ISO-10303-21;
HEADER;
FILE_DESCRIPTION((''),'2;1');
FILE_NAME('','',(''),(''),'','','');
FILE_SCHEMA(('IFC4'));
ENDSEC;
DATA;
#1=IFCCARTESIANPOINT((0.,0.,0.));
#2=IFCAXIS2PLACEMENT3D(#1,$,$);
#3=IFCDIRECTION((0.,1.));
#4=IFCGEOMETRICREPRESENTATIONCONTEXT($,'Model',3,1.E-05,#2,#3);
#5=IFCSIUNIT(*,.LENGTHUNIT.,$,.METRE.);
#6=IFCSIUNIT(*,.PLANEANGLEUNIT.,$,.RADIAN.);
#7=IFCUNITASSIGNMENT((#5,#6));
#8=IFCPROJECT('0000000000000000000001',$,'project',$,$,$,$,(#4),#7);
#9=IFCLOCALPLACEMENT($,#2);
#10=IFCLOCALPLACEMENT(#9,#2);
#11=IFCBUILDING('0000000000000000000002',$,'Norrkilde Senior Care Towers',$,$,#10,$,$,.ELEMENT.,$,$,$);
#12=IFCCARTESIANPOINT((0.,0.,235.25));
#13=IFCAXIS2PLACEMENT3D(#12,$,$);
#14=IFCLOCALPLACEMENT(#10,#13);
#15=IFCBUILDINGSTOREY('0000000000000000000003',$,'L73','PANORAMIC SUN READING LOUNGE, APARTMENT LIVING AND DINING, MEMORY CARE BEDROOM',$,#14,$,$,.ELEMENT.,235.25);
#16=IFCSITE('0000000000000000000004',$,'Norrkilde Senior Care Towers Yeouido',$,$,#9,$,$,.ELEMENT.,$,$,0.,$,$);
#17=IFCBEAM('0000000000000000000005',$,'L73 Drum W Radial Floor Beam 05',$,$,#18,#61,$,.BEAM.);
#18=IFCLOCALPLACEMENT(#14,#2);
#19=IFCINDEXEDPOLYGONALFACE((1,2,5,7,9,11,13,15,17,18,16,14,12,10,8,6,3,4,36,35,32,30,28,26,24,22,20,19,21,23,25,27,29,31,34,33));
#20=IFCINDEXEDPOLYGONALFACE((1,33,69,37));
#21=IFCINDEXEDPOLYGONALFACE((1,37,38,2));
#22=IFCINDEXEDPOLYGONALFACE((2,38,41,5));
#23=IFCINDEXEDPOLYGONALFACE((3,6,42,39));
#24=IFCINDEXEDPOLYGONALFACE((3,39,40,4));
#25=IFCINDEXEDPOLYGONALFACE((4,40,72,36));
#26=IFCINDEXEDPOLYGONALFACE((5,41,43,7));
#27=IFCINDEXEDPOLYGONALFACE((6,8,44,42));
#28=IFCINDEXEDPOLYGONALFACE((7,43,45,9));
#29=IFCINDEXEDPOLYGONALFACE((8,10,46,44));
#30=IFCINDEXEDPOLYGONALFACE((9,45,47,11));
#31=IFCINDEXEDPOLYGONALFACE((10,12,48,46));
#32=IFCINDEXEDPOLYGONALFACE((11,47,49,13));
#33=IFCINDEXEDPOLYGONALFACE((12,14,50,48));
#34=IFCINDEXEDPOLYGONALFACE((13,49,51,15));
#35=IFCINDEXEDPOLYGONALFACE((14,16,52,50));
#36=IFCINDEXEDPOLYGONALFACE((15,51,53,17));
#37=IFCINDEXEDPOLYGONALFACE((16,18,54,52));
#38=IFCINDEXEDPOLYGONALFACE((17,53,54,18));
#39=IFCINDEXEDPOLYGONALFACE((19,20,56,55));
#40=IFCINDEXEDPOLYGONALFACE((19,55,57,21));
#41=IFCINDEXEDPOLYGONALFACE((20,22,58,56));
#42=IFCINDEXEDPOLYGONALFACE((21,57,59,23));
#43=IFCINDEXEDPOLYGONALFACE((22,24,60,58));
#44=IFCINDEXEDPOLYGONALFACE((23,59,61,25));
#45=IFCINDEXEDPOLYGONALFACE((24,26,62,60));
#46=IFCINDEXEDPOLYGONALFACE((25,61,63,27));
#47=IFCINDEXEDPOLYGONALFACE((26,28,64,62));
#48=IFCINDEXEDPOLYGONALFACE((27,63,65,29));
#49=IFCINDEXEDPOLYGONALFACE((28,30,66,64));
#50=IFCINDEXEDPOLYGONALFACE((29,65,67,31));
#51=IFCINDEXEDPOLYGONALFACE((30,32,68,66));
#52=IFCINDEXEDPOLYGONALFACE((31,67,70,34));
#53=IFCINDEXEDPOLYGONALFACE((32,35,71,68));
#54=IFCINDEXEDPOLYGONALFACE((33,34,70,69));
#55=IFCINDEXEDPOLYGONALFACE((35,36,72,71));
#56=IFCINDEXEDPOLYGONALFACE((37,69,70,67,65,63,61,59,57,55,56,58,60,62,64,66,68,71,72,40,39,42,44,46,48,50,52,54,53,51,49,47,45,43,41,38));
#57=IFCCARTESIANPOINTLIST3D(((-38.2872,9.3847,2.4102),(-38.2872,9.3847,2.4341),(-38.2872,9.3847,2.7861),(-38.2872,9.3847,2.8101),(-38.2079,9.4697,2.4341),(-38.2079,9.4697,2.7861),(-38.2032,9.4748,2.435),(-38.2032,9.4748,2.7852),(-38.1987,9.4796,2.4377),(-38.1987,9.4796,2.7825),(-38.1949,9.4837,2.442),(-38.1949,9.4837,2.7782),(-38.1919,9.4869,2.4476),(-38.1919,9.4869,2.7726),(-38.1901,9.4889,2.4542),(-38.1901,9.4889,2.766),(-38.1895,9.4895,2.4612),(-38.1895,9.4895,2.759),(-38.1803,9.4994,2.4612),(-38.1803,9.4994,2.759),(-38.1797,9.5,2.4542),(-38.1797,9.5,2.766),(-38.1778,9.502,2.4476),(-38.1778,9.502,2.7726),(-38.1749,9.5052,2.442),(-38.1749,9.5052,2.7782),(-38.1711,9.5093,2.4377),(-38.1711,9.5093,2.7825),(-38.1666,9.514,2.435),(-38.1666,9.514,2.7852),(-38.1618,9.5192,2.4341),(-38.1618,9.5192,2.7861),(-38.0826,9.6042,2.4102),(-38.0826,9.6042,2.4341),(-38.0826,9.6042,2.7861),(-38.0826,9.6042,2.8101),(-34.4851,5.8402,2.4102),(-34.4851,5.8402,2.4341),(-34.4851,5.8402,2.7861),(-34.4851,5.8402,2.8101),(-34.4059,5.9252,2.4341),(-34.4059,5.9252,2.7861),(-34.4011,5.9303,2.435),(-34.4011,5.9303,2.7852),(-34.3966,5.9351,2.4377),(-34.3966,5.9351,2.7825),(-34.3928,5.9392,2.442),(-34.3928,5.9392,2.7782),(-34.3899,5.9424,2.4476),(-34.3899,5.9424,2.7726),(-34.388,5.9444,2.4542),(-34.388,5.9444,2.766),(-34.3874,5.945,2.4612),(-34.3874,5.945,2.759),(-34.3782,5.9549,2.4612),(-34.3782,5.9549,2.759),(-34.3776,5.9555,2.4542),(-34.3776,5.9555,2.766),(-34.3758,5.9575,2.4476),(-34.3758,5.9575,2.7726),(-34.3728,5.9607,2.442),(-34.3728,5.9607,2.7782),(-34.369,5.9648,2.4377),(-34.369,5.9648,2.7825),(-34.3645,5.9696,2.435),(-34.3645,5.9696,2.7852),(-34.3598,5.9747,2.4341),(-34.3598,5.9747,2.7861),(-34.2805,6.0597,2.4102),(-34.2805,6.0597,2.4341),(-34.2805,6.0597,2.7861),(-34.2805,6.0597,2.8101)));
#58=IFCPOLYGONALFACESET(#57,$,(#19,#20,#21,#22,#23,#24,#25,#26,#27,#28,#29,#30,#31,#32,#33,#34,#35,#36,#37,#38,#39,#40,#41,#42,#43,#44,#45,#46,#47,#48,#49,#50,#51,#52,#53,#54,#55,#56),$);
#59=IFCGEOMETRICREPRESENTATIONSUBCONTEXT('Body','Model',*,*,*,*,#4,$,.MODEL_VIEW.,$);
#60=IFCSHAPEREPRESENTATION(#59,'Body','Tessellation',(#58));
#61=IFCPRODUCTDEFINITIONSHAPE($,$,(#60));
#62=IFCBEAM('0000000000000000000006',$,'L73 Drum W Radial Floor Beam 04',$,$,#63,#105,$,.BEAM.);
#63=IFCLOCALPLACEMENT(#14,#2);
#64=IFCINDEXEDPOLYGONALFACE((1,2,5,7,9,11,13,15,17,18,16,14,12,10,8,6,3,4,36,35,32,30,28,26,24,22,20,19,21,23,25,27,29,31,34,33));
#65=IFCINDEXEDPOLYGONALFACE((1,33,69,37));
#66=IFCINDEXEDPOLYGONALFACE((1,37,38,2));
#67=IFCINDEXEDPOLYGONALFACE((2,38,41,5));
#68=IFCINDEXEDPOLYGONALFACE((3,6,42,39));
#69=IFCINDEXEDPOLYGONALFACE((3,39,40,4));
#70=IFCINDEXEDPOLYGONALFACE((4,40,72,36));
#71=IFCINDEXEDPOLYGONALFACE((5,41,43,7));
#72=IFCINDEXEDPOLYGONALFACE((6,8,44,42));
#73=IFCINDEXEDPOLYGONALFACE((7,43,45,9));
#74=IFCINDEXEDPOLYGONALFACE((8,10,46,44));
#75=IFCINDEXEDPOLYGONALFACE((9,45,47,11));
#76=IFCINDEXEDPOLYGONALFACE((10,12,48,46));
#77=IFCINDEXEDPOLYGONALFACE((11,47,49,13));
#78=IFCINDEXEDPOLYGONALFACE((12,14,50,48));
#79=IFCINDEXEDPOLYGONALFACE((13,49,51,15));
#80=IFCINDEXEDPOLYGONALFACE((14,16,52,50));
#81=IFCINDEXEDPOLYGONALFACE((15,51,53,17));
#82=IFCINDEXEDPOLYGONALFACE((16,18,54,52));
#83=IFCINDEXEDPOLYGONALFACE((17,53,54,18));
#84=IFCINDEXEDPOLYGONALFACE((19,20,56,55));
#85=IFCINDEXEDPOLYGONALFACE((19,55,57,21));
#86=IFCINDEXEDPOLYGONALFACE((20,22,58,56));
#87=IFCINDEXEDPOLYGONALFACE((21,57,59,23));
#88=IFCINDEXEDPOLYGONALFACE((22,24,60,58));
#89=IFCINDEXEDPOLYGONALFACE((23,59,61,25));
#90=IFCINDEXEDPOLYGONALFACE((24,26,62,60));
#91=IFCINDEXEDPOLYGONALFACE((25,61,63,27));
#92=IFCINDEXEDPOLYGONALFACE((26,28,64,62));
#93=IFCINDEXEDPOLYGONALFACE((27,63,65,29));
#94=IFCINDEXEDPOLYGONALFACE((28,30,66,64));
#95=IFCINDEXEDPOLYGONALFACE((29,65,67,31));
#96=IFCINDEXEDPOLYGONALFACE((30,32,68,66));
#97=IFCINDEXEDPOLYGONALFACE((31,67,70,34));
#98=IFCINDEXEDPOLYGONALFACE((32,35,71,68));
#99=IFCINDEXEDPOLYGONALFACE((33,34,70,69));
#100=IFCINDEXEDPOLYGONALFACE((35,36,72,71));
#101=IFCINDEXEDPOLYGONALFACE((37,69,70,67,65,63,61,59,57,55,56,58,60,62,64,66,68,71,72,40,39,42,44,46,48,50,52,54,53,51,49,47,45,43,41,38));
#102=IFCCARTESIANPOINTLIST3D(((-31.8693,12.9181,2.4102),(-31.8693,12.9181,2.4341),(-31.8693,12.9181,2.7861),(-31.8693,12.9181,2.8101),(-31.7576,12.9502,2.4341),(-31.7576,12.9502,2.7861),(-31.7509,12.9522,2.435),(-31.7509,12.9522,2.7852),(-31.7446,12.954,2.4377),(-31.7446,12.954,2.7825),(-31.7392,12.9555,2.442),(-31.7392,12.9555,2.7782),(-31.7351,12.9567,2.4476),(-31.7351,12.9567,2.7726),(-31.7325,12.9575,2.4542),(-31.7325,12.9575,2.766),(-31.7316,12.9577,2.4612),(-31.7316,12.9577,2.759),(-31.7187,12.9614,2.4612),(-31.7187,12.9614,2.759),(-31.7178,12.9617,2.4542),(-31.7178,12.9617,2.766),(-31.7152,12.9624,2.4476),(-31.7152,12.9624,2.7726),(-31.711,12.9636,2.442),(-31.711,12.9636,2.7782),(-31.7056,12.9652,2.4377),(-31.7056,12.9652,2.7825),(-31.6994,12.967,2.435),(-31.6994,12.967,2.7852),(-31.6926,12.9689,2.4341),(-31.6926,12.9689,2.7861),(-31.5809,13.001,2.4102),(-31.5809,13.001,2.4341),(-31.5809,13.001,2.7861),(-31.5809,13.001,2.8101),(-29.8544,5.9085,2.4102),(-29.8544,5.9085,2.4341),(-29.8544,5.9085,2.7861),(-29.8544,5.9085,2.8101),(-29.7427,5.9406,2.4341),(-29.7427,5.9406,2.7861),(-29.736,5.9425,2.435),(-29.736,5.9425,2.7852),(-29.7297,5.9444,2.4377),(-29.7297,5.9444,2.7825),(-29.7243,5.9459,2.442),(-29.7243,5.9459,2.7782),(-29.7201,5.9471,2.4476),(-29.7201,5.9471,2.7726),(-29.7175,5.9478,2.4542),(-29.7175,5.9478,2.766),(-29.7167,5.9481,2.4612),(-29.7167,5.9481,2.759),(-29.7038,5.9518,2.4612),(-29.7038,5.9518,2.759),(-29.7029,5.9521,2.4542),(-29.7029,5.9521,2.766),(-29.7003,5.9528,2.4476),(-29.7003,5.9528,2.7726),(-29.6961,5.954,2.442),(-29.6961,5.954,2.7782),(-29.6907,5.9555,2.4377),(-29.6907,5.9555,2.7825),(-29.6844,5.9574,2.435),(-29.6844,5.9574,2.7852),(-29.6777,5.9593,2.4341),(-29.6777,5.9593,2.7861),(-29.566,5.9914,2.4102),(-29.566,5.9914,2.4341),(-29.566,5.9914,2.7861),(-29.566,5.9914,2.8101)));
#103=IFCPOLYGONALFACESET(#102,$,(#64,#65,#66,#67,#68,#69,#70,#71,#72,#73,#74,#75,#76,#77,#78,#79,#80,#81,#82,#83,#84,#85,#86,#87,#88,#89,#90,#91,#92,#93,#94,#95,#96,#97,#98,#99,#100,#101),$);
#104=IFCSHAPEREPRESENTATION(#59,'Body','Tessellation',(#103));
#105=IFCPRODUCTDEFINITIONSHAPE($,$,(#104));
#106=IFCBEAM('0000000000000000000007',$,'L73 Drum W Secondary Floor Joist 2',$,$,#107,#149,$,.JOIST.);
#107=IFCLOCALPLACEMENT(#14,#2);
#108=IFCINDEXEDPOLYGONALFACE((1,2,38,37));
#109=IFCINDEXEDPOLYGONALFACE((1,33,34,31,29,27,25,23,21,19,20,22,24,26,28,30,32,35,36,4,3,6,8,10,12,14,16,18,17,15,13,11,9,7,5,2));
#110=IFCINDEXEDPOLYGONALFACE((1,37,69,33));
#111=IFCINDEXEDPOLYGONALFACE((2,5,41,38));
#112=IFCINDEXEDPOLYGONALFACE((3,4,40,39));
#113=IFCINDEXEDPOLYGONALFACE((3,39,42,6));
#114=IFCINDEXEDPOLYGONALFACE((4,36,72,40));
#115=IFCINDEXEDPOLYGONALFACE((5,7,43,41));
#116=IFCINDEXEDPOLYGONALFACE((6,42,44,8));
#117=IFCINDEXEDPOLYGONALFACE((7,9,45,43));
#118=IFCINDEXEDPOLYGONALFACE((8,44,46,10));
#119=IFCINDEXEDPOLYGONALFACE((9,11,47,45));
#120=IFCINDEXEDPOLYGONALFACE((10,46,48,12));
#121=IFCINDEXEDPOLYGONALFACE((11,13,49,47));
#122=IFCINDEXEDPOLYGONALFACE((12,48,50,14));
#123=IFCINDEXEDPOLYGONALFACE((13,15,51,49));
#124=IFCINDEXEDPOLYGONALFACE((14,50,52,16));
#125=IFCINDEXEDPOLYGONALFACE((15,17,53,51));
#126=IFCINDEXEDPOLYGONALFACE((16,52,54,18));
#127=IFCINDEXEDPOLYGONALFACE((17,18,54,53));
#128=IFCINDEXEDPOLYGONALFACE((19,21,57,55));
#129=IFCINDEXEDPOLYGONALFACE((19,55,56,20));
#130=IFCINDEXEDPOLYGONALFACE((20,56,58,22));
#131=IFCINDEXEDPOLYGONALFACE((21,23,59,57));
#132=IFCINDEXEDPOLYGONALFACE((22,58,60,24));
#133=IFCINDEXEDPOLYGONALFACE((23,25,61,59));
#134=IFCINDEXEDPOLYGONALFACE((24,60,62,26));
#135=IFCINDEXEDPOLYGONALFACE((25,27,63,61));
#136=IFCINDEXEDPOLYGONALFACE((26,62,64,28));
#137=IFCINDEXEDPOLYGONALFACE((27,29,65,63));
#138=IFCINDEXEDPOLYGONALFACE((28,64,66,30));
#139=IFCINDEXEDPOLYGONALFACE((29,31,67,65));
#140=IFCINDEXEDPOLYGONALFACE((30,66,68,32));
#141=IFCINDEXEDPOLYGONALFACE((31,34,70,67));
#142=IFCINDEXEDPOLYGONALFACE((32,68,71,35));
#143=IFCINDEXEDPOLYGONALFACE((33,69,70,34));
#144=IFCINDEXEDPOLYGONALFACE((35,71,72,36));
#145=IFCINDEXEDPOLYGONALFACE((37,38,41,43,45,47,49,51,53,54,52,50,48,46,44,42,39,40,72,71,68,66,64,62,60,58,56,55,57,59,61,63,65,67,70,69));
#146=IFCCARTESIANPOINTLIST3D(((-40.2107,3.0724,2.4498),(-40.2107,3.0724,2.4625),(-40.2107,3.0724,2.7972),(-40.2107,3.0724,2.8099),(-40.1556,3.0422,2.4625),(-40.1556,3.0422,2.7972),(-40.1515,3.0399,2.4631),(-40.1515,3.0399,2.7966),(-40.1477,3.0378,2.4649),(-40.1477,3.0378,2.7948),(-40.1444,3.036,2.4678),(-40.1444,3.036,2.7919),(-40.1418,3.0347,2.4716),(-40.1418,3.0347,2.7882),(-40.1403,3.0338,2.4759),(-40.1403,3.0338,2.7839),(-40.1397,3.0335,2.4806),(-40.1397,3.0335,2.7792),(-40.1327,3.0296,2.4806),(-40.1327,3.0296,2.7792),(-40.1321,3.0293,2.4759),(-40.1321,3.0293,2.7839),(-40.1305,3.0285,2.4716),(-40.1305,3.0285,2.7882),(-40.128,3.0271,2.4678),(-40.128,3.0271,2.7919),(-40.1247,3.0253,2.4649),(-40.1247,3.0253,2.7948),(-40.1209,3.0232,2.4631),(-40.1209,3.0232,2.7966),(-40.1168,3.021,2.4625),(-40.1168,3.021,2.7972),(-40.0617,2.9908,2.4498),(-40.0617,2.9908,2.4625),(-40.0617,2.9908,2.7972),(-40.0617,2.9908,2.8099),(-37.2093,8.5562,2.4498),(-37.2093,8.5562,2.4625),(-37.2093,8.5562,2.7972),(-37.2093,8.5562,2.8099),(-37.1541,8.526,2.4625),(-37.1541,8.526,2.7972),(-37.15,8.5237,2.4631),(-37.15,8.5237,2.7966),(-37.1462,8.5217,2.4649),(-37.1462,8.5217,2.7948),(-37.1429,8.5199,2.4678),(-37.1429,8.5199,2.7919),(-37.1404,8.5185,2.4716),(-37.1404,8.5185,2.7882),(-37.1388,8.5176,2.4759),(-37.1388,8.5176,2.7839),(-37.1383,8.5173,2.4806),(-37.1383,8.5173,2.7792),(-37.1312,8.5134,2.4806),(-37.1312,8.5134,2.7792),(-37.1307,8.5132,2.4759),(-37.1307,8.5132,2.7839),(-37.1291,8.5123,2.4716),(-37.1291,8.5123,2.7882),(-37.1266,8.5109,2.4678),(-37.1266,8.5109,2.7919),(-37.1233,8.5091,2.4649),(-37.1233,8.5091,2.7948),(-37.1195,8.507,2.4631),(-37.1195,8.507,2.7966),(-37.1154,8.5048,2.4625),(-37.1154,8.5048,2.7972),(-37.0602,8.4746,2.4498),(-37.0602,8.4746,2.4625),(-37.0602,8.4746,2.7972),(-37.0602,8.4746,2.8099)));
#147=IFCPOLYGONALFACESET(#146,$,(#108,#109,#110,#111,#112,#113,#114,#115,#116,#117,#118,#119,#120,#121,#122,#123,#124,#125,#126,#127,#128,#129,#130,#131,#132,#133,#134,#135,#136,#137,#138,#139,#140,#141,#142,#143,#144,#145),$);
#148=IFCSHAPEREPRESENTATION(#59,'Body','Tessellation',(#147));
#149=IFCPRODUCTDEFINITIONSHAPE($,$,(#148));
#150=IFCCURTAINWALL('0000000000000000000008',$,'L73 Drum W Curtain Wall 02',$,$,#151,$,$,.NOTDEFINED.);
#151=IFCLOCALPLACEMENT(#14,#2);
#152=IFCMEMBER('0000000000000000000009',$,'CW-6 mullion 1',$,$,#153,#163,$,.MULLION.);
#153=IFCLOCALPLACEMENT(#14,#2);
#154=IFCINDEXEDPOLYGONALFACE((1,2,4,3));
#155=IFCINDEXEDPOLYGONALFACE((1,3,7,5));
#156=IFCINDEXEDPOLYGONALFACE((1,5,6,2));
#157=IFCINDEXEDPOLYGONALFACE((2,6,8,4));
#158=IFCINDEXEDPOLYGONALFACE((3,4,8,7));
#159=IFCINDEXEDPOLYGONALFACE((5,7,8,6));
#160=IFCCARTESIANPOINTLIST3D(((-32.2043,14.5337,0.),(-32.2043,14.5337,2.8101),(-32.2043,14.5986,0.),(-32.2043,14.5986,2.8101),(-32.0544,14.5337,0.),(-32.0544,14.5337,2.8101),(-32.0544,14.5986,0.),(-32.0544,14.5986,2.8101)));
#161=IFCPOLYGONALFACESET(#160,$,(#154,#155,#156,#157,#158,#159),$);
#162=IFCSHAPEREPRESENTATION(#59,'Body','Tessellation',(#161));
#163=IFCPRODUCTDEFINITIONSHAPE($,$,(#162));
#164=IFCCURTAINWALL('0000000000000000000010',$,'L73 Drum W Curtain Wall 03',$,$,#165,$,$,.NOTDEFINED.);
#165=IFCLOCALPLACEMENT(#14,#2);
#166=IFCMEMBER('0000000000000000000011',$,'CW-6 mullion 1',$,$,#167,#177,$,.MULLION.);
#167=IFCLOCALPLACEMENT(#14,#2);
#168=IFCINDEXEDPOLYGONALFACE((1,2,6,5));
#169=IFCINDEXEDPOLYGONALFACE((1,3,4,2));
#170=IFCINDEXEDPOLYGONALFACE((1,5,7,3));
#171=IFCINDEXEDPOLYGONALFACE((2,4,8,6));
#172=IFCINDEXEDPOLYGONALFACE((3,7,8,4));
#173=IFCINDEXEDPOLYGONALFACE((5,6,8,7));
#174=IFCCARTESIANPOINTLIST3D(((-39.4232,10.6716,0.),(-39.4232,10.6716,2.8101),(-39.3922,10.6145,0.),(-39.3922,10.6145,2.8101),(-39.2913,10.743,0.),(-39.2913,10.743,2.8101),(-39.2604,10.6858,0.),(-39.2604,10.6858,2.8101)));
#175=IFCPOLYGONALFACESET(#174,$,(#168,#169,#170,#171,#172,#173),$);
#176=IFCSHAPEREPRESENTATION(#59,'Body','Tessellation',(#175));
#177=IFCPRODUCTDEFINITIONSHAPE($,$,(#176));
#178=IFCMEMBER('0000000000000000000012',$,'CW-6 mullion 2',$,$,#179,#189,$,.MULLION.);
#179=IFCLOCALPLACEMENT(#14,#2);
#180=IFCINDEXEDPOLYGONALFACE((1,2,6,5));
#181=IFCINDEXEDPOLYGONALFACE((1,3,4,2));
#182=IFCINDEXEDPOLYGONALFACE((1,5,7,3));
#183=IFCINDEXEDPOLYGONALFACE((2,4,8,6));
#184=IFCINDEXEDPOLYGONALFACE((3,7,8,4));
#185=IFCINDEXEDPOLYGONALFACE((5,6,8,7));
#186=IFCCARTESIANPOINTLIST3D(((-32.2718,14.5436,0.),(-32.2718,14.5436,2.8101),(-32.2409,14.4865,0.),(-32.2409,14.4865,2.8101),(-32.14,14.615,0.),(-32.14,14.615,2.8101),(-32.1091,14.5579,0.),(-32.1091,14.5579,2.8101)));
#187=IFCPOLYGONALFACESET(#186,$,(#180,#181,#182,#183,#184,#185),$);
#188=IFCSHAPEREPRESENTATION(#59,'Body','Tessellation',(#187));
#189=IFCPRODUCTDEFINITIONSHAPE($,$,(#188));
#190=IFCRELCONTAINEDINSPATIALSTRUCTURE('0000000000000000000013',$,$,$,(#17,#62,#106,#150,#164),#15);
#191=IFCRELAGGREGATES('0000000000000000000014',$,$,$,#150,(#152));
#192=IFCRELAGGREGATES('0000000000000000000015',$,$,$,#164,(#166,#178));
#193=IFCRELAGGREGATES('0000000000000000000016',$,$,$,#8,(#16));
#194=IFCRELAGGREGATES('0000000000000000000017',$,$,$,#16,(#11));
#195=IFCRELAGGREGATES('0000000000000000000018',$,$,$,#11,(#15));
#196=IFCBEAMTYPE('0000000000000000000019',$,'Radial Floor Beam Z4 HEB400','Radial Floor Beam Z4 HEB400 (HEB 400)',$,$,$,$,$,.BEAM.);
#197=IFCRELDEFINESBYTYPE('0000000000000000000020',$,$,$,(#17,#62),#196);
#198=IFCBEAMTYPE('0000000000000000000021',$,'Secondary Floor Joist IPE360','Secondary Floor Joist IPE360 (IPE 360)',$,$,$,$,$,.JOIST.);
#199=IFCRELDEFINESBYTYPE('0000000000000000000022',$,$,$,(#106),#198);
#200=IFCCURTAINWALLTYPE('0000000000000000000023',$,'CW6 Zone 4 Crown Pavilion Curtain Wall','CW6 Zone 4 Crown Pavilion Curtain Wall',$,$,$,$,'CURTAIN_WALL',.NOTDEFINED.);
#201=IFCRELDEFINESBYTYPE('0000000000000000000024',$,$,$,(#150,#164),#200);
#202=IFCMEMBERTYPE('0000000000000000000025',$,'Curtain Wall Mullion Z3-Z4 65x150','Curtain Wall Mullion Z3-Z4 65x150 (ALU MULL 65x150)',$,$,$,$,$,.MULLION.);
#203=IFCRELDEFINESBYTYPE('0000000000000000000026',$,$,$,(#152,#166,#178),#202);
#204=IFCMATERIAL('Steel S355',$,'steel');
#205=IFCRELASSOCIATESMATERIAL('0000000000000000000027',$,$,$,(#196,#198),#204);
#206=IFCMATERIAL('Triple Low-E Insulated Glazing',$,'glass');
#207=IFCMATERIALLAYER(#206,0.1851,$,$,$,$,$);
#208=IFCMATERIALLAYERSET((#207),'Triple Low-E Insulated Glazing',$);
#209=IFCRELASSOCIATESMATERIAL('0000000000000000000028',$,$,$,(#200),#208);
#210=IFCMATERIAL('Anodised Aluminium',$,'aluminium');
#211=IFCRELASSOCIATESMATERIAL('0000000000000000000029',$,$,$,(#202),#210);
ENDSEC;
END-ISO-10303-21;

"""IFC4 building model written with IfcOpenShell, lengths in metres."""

from ifc_helpers import new_model, si_unit, direction, frame, origin, origin_2d, place, context, subcontext, project, spatial, rectangle, i_section, extrude, source, transform, mapped, material, layer, layer_set, material_profile, profile_set, type_object, type_shapes, element, aggregate, save


model = new_model("IFC4")

# Units and contexts
model_context = context("Model", 3, precision=1e-05, world=origin(), true_north=direction((0.0, 1.0)))
body_context = subcontext(model_context, "Body", "Model", "MODEL_VIEW")
ifc_project = project(units=[si_unit("LENGTHUNIT", "METRE"), si_unit("PLANEANGLEUNIT", "RADIAN")], contexts=[model_context])

# Site, building, storey
site_placement = place(None, origin())
site = spatial("IfcSite", under=ifc_project, at=site_placement, Name="Norrkilde Senior Care Towers Yeouido", CompositionType="ELEMENT", RefElevation=0.0)
building_placement = place(site_placement, origin())
building = spatial("IfcBuilding", under=site, at=building_placement, Name="Norrkilde Senior Care Towers", CompositionType="ELEMENT")
storey_placement = place(building_placement, frame((0.0, 0.0, 235.25)))
storey = spatial("IfcBuildingStorey", under=building, at=storey_placement, Name="L73", Description="PANORAMIC SUN READING LOUNGE, APARTMENT LIVING AND DINING, MEMORY CARE BEDROOM", CompositionType="ELEMENT", Elevation=235.25)

# Beams
ifc_material_1 = material(Name="Steel S355", Category="steel")
ifc_material_profile_1 = material_profile(ifc_material_1, i_section(OverallWidth=0.3, OverallDepth=0.3999, WebThickness=0.0134, FlangeThickness=0.0239, FilletRadius=0.0271, at=origin_2d()), Name="HEB 400")
ifc_profile_set_1 = profile_set([ifc_material_profile_1], Name="Steel S355")
beam_type_1 = type_object("IfcBeamType", Name="Radial Floor Beam Z4 HEB400", Description="Radial Floor Beam Z4 HEB400 (HEB 400)", PredefinedType="BEAM", material=ifc_profile_set_1)
shared_shape_1 = source(origin(), body_context, "Body", "SweptSolid", [
    extrude(i_section(OverallWidth=0.3, OverallDepth=0.3999, WebThickness=0.0134, FlangeThickness=0.0239, FilletRadius=0.0271, at=origin_2d()), origin(), (0.0, 0.0, 1.0), 5.198),
])
beam_1_placement = place(storey_placement, frame((-34.3828, 5.95, 2.6101), z_axis=(-0.731449, 0.681896, 0.0), x_axis=(-0.681896, -0.731449, 0.0)))
element("IfcBeam", 1, at=beam_1_placement, inside=storey, type_object=beam_type_1, Name="L73 Drum W Radial Floor Beam 05", PredefinedType="BEAM", context=body_context, shape_type="MappedRepresentation", body=[
    mapped(shared_shape_1, transform((0.0, 0.0, 0.0), x_axis=(1.0, 0.0, 0.0), y_axis=(0.0, 1.0, 0.0), z_axis=(0.0, 0.0, 1.0), scale=1.0)),
])
shared_shape_2 = source(origin(), body_context, "Body", "SweptSolid", [
    extrude(i_section(OverallWidth=0.3, OverallDepth=0.3999, WebThickness=0.0134, FlangeThickness=0.0239, FilletRadius=0.0271, at=origin_2d()), origin(), (0.0, 0.0, 1.0), 7.2935),
])
type_shapes(beam_type_1, [shared_shape_1, shared_shape_2])
beam_2_placement = place(storey_placement, frame((-29.7102, 5.95, 2.6101), z_axis=(-0.276264, 0.961082, 0.0), x_axis=(-0.961082, -0.276264, 0.0)))
element("IfcBeam", 2, at=beam_2_placement, inside=storey, type_object=beam_type_1, Name="L73 Drum W Radial Floor Beam 04", PredefinedType="BEAM", context=body_context, shape_type="MappedRepresentation", body=[
    mapped(shared_shape_2, transform((0.0, 0.0, 0.0), x_axis=(1.0, 0.0, 0.0), y_axis=(0.0, 1.0, 0.0), z_axis=(0.0, 0.0, 1.0), scale=1.0)),
])
ifc_material_profile_2 = material_profile(ifc_material_1, i_section(OverallWidth=0.1699, OverallDepth=0.3601, WebThickness=0.0081, FlangeThickness=0.0127, FilletRadius=0.0181, at=origin_2d()), Name="IPE 360")
ifc_profile_set_2 = profile_set([ifc_material_profile_2], Name="Steel S355")
beam_type_2 = type_object("IfcBeamType", Name="Secondary Floor Joist IPE360", Description="Secondary Floor Joist IPE360 (IPE 360)", PredefinedType="JOIST", material=ifc_profile_set_2)
shared_shape_3 = source(origin(), body_context, "Body", "SweptSolid", [
    extrude(i_section(OverallWidth=0.1699, OverallDepth=0.3601, WebThickness=0.0081, FlangeThickness=0.0127, FilletRadius=0.0181, at=origin_2d()), origin(), (0.0, 0.0, 1.0), 6.2515),
])
type_shapes(beam_type_2, [shared_shape_3])
beam_3_placement = place(storey_placement, frame((-37.1348, 8.5154, 2.6299), z_axis=(-0.480116, -0.877205, 0.0), x_axis=(0.877205, -0.480116, 0.0)))
element("IfcBeam", 3, at=beam_3_placement, inside=storey, type_object=beam_type_2, Name="L73 Drum W Secondary Floor Joist 2", PredefinedType="JOIST", context=body_context, shape_type="MappedRepresentation", body=[
    mapped(shared_shape_3, transform((0.0, 0.0, 0.0), x_axis=(1.0, 0.0, 0.0), y_axis=(0.0, 1.0, 0.0), z_axis=(0.0, 0.0, 1.0), scale=1.0)),
])

# Curtain wall, member
ifc_material_2 = material(Name="Triple Low-E Insulated Glazing", Category="glass")
ifc_layer_1 = layer(ifc_material_2, 0.1851)
ifc_layer_set_1 = layer_set([ifc_layer_1], Name="Triple Low-E Insulated Glazing")
curtain_wall_type = type_object("IfcCurtainWallType", Name="CW6 Zone 4 Crown Pavilion Curtain Wall", Description="CW6 Zone 4 Crown Pavilion Curtain Wall", ElementType="CURTAIN_WALL", PredefinedType="NOTDEFINED", material=ifc_layer_set_1)
curtain_wall_1_placement = place(storey_placement, origin())
curtain_wall_1 = element("IfcCurtainWall", 4, at=curtain_wall_1_placement, inside=storey, type_object=curtain_wall_type, Name="L73 Drum W Curtain Wall 02", PredefinedType="NOTDEFINED")
ifc_material_3 = material(Name="Anodised Aluminium", Category="aluminium")
ifc_material_profile_3 = material_profile(ifc_material_3, rectangle(XDim=0.0649, YDim=0.1499, at=origin_2d()), Name="ALU MULL 65x150")
ifc_profile_set_3 = profile_set([ifc_material_profile_3], Name="Anodised Aluminium")
member_type_1 = type_object("IfcMemberType", Name="Curtain Wall Mullion Z3-Z4 65x150", Description="Curtain Wall Mullion Z3-Z4 65x150 (ALU MULL 65x150)", PredefinedType="MULLION", material=ifc_profile_set_3)
shared_shape_4 = source(origin(), body_context, "Body", "SweptSolid", [
    extrude(rectangle(XDim=0.0649, YDim=0.1499, at=origin_2d()), origin(), (0.0, 0.0, 1.0), 2.8101),
])
type_shapes(member_type_1, [shared_shape_4])
member_1_placement = place(storey_placement, frame((-32.1294, 14.5662, 0.0), z_axis=(0.0, 0.0, 1.0), x_axis=(0.0, 1.0, 0.0)))
member_1 = element("IfcMember", 5, at=member_1_placement, type_object=member_type_1, Name="CW-6 mullion 1", PredefinedType="MULLION", context=body_context, shape_type="MappedRepresentation", body=[
    mapped(shared_shape_4, transform((0.0, 0.0, 0.0), x_axis=(1.0, 0.0, 0.0), y_axis=(0.0, 1.0, 0.0), z_axis=(0.0, 0.0, 1.0), scale=1.0)),
])

# Curtain wall, members
curtain_wall_2_placement = place(storey_placement, origin())
curtain_wall_2 = element("IfcCurtainWall", 6, at=curtain_wall_2_placement, inside=storey, type_object=curtain_wall_type, Name="L73 Drum W Curtain Wall 03", PredefinedType="NOTDEFINED")
member_2_placement = place(storey_placement, frame((-39.3418, 10.6787, 0.0), z_axis=(0.0, 0.0, 1.0), x_axis=(-0.476133, 0.879373, 0.0)))
member_2 = element("IfcMember", 7, at=member_2_placement, type_object=member_type_1, Name="CW-6 mullion 1", PredefinedType="MULLION", context=body_context, shape_type="MappedRepresentation", body=[
    mapped(shared_shape_4, transform((0.0, 0.0, 0.0), x_axis=(1.0, 0.0, 0.0), y_axis=(0.0, 1.0, 0.0), z_axis=(0.0, 0.0, 1.0), scale=1.0)),
])
member_3_placement = place(storey_placement, frame((-32.1904, 14.5508, 0.0), z_axis=(0.0, 0.0, 1.0), x_axis=(-0.476133, 0.879373, 0.0)))
member_3 = element("IfcMember", 8, at=member_3_placement, type_object=member_type_1, Name="CW-6 mullion 2", PredefinedType="MULLION", context=body_context, shape_type="MappedRepresentation", body=[
    mapped(shared_shape_4, transform((0.0, 0.0, 0.0), x_axis=(1.0, 0.0, 0.0), y_axis=(0.0, 1.0, 0.0), z_axis=(0.0, 0.0, 1.0), scale=1.0)),
])

aggregate(curtain_wall_1, [member_1])

aggregate(curtain_wall_2, [member_2, member_3])

save(model, "model.ifc")
